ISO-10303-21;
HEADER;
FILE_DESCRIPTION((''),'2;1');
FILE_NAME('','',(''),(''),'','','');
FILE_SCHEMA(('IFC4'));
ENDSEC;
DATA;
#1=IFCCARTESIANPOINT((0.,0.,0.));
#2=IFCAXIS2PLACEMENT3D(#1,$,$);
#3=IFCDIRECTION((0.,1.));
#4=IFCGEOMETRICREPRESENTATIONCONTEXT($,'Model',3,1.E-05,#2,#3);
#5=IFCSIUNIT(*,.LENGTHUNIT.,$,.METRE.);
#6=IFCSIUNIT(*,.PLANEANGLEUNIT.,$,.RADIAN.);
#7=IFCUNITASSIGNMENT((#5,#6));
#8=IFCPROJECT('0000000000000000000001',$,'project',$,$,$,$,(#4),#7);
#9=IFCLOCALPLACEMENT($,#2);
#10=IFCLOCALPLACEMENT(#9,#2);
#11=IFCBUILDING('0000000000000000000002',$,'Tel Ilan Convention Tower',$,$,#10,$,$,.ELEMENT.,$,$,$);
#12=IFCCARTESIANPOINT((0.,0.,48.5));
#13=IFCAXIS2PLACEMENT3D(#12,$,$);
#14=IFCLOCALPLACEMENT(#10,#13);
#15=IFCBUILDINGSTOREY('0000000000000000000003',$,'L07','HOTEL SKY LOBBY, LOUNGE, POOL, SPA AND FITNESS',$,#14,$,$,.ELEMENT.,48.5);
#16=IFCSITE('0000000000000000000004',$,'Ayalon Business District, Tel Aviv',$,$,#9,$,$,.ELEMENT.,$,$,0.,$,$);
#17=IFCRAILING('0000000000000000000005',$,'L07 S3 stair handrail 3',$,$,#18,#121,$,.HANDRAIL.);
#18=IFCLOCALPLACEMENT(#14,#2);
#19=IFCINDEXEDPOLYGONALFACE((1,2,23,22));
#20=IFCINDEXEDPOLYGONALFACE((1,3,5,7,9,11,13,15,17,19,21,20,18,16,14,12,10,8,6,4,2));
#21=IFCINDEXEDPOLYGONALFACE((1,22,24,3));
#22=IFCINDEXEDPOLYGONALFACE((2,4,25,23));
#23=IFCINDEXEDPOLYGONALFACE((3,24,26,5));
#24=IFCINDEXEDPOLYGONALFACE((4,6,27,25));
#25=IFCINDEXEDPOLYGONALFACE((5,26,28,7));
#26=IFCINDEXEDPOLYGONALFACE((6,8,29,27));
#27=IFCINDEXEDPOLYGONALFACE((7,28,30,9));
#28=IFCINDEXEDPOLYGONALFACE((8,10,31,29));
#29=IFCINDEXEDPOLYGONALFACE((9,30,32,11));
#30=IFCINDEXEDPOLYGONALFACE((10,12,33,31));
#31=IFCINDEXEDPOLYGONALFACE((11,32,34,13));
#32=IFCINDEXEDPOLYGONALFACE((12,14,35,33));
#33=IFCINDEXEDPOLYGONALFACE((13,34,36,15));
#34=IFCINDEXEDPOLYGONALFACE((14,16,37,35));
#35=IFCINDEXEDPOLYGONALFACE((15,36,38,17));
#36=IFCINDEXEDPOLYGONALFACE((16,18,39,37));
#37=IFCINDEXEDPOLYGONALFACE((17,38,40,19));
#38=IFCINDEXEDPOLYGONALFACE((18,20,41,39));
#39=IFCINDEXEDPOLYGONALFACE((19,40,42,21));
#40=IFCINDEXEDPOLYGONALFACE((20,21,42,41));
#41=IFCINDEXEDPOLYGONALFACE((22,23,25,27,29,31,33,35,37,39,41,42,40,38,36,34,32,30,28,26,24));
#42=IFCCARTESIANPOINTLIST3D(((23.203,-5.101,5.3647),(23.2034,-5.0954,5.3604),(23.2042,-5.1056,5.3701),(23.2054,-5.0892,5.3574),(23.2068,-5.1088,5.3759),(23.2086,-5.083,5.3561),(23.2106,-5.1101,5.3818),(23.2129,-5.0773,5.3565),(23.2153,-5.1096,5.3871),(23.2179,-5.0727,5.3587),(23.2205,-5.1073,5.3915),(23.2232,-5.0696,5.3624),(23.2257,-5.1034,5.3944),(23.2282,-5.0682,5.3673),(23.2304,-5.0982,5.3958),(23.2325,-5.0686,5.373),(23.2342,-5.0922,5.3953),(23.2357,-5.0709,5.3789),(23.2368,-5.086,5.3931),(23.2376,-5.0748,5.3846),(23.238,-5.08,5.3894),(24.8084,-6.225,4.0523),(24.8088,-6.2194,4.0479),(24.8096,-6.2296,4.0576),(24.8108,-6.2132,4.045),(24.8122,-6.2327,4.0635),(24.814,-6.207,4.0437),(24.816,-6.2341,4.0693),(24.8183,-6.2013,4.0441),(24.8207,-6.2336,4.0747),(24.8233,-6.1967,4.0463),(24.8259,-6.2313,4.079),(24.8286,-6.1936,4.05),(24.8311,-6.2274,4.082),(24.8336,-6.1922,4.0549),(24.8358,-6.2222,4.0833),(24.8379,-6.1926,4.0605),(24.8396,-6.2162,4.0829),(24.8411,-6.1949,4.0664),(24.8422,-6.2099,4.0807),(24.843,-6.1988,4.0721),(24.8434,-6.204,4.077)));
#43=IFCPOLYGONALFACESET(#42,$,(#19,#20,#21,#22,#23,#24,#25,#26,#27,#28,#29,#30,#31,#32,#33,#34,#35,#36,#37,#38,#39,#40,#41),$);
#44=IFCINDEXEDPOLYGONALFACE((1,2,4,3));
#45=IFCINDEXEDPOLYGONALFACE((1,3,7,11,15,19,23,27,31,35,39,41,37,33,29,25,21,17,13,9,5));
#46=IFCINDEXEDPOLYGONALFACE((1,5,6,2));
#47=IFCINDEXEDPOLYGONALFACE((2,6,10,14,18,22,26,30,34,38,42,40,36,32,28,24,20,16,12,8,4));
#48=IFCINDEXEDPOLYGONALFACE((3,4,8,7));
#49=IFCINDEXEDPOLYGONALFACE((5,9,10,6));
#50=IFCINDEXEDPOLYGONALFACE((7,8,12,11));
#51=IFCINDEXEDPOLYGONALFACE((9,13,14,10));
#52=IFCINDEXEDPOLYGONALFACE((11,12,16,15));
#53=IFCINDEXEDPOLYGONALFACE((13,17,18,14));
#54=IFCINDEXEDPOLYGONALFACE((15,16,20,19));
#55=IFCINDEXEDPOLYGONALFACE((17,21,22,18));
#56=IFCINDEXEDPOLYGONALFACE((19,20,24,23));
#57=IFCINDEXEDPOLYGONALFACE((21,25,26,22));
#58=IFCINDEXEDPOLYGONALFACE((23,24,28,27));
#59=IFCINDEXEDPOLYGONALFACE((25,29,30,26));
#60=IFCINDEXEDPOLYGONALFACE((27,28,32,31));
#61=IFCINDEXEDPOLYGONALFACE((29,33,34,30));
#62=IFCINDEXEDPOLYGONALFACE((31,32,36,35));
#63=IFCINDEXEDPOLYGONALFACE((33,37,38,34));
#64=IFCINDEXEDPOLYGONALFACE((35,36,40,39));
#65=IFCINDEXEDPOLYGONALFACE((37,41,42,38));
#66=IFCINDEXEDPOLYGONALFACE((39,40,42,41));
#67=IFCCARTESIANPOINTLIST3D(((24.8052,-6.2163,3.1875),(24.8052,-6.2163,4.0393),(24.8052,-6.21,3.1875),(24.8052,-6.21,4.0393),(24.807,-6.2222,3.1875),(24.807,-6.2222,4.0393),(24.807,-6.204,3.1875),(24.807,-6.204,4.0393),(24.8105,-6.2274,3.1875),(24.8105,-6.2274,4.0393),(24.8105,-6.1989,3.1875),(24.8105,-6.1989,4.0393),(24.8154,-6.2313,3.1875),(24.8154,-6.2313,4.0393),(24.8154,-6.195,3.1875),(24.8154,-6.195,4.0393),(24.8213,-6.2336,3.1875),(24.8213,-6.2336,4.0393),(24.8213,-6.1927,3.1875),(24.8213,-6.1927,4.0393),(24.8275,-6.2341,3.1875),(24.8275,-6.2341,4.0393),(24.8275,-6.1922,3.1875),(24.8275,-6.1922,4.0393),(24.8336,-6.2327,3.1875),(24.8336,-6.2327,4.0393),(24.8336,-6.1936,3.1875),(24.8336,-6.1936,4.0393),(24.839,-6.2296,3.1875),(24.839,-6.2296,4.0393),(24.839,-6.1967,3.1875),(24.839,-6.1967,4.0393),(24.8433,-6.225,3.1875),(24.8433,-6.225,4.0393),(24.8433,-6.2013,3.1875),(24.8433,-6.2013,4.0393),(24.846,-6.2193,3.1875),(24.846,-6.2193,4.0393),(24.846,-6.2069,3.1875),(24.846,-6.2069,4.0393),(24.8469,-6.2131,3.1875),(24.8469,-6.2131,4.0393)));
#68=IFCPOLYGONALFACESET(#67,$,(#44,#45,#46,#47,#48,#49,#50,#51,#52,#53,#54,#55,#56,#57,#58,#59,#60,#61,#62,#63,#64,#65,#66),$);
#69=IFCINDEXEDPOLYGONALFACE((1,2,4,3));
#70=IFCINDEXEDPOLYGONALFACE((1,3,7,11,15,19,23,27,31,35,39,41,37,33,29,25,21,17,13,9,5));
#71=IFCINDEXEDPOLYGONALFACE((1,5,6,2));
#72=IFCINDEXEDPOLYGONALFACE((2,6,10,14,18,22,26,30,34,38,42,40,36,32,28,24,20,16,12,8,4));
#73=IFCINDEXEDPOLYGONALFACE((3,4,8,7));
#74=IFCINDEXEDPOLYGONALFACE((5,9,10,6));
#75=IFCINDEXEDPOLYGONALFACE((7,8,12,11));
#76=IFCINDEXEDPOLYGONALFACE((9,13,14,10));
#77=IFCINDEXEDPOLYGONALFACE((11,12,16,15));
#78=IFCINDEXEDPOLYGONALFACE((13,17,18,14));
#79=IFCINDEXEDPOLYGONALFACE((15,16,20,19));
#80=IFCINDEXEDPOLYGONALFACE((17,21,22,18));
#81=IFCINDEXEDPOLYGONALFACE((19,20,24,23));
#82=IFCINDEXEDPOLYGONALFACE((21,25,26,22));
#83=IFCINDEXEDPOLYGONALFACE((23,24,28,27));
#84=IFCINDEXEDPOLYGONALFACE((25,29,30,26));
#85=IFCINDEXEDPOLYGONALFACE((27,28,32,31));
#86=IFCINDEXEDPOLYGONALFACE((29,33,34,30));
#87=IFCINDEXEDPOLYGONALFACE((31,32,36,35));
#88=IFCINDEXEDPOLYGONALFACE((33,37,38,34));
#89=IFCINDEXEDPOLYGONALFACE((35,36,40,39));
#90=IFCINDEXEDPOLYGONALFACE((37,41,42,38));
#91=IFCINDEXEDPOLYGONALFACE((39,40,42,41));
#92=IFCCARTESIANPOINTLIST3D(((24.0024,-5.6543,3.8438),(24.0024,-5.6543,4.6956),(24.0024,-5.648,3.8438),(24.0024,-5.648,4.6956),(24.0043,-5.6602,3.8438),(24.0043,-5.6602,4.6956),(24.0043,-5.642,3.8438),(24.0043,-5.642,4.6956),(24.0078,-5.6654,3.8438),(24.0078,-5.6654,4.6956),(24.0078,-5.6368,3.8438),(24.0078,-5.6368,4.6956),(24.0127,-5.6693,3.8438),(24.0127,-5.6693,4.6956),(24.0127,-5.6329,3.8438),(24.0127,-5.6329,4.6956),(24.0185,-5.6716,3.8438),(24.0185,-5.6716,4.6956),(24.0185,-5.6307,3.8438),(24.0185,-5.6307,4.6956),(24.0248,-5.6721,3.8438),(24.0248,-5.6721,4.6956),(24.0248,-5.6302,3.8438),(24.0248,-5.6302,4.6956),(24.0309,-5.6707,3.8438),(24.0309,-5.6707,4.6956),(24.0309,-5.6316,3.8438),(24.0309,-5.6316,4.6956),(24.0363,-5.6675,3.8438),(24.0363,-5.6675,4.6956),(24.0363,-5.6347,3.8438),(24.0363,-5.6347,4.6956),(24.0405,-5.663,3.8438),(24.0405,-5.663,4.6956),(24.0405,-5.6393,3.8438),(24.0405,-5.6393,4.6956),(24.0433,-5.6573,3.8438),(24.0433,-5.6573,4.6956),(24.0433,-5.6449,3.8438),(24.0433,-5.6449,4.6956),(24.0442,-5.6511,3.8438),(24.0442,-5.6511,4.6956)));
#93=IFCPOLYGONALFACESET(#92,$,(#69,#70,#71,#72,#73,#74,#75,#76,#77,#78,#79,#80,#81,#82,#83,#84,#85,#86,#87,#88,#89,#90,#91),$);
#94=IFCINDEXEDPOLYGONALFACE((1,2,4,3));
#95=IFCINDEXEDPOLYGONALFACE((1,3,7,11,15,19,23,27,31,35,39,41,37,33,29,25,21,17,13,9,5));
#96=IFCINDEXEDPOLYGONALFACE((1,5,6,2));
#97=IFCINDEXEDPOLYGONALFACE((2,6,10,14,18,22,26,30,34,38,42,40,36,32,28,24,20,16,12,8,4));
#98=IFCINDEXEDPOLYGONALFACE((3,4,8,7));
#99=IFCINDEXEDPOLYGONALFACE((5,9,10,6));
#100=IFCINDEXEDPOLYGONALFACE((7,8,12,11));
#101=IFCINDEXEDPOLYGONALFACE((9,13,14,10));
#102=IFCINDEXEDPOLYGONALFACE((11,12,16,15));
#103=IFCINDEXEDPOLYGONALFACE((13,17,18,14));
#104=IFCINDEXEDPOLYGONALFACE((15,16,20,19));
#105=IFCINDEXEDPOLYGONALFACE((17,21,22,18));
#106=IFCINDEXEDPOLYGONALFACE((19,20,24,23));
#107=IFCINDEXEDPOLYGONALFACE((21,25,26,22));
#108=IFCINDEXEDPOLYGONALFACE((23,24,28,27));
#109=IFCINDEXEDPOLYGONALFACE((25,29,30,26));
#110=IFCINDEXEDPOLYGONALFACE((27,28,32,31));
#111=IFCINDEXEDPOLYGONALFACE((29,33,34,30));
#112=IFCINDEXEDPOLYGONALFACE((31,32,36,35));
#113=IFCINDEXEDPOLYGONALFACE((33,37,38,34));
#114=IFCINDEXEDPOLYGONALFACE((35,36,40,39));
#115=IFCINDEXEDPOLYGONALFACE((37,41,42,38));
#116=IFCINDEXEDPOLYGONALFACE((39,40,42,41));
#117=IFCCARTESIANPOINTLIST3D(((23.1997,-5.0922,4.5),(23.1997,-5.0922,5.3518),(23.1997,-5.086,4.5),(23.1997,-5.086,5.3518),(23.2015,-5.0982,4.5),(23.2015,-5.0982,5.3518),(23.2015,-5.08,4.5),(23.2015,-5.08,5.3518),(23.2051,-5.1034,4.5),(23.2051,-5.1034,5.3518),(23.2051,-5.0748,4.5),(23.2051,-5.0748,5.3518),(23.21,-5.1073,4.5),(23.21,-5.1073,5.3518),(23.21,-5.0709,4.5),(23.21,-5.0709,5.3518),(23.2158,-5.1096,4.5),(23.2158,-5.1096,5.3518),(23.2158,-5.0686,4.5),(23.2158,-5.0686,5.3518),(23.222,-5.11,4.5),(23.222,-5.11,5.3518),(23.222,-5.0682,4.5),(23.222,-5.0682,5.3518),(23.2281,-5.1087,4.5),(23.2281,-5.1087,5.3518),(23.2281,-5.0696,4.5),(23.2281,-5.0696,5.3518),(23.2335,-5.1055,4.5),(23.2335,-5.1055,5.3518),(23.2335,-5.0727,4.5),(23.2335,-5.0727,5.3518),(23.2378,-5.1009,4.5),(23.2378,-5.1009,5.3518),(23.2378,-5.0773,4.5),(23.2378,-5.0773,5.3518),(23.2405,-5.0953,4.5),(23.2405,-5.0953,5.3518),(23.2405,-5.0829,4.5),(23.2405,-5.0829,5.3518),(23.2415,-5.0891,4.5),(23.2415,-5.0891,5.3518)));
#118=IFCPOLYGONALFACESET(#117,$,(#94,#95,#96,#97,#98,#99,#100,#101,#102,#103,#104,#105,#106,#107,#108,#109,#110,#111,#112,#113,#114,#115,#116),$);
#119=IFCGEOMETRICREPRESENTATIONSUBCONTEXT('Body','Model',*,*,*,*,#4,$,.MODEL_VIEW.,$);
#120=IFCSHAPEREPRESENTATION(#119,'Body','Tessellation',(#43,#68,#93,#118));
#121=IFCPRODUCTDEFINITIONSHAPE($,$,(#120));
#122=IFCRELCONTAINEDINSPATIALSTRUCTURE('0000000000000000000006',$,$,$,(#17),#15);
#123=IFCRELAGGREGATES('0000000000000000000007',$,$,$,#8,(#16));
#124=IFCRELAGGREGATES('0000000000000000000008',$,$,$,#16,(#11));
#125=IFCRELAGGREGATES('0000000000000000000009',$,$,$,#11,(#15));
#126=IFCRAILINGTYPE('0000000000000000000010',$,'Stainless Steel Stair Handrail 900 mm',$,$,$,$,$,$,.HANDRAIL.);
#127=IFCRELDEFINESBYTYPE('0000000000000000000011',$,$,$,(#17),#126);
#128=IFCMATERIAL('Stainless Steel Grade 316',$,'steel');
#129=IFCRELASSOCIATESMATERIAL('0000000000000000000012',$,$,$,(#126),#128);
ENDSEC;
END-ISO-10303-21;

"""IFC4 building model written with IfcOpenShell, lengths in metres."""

from ifc_helpers import new_model, si_unit, direction, frame, origin, origin_2d, place, context, subcontext, project, spatial, circle, extrude, material, type_object, element, save


model = new_model("IFC4")

# Units and contexts
model_context = context("Model", 3, precision=1e-05, world=origin(), true_north=direction((0.0, 1.0)))
body_context = subcontext(model_context, "Body", "Model", "MODEL_VIEW")
ifc_project = project(units=[si_unit("LENGTHUNIT", "METRE"), si_unit("PLANEANGLEUNIT", "RADIAN")], contexts=[model_context])

# Site, building, storey
site_placement = place(None, origin())
site = spatial("IfcSite", under=ifc_project, at=site_placement, Name="Ayalon Business District, Tel Aviv", CompositionType="ELEMENT", RefElevation=0.0)
building_placement = place(site_placement, origin())
building = spatial("IfcBuilding", under=site, at=building_placement, Name="Tel Ilan Convention Tower", CompositionType="ELEMENT")
storey_placement = place(building_placement, frame((0.0, 0.0, 48.5)))
storey = spatial("IfcBuildingStorey", under=building, at=storey_placement, Name="L07", Description="HOTEL SKY LOBBY, LOUNGE, POOL, SPA AND FITNESS", CompositionType="ELEMENT", Elevation=48.5)

# Railing
ifc_material_1 = material(Name="Stainless Steel Grade 316", Category="steel")
railing_type_1 = type_object("IfcRailingType", Name="Stainless Steel Stair Handrail 900 mm", PredefinedType="HANDRAIL", material=ifc_material_1)
railing_1_placement = place(storey_placement, frame((24.8259, -6.2131, 3.1875)))
element("IfcRailing", 1, at=railing_1_placement, inside=storey, type_object=railing_type_1, Name="L07 S3 stair handrail 3", PredefinedType="HANDRAIL", context=body_context, shape_type="SweptSolid", body=[
    extrude(circle(Radius=0.0239, at=origin_2d()), frame((0.0, 0.0, 0.876), z_axis=(-0.680649, 0.476537, 0.556443), x_axis=(-0.573529, -0.819185, 0.0)), (0.0, 0.0, 1.0), 2.3586),
    extrude(circle(Radius=0.021, at=origin_2d()), origin(), (0.0, 0.0, 1.0), 0.8518),
    extrude(circle(Radius=0.021, at=origin_2d()), frame((-0.8027, 0.562, 0.6562)), (0.0, 0.0, 1.0), 0.8518),
    extrude(circle(Radius=0.021, at=origin_2d()), frame((-1.6055, 1.124, 1.3125)), (0.0, 0.0, 1.0), 0.8518),
])

save(model, "model.ifc")
